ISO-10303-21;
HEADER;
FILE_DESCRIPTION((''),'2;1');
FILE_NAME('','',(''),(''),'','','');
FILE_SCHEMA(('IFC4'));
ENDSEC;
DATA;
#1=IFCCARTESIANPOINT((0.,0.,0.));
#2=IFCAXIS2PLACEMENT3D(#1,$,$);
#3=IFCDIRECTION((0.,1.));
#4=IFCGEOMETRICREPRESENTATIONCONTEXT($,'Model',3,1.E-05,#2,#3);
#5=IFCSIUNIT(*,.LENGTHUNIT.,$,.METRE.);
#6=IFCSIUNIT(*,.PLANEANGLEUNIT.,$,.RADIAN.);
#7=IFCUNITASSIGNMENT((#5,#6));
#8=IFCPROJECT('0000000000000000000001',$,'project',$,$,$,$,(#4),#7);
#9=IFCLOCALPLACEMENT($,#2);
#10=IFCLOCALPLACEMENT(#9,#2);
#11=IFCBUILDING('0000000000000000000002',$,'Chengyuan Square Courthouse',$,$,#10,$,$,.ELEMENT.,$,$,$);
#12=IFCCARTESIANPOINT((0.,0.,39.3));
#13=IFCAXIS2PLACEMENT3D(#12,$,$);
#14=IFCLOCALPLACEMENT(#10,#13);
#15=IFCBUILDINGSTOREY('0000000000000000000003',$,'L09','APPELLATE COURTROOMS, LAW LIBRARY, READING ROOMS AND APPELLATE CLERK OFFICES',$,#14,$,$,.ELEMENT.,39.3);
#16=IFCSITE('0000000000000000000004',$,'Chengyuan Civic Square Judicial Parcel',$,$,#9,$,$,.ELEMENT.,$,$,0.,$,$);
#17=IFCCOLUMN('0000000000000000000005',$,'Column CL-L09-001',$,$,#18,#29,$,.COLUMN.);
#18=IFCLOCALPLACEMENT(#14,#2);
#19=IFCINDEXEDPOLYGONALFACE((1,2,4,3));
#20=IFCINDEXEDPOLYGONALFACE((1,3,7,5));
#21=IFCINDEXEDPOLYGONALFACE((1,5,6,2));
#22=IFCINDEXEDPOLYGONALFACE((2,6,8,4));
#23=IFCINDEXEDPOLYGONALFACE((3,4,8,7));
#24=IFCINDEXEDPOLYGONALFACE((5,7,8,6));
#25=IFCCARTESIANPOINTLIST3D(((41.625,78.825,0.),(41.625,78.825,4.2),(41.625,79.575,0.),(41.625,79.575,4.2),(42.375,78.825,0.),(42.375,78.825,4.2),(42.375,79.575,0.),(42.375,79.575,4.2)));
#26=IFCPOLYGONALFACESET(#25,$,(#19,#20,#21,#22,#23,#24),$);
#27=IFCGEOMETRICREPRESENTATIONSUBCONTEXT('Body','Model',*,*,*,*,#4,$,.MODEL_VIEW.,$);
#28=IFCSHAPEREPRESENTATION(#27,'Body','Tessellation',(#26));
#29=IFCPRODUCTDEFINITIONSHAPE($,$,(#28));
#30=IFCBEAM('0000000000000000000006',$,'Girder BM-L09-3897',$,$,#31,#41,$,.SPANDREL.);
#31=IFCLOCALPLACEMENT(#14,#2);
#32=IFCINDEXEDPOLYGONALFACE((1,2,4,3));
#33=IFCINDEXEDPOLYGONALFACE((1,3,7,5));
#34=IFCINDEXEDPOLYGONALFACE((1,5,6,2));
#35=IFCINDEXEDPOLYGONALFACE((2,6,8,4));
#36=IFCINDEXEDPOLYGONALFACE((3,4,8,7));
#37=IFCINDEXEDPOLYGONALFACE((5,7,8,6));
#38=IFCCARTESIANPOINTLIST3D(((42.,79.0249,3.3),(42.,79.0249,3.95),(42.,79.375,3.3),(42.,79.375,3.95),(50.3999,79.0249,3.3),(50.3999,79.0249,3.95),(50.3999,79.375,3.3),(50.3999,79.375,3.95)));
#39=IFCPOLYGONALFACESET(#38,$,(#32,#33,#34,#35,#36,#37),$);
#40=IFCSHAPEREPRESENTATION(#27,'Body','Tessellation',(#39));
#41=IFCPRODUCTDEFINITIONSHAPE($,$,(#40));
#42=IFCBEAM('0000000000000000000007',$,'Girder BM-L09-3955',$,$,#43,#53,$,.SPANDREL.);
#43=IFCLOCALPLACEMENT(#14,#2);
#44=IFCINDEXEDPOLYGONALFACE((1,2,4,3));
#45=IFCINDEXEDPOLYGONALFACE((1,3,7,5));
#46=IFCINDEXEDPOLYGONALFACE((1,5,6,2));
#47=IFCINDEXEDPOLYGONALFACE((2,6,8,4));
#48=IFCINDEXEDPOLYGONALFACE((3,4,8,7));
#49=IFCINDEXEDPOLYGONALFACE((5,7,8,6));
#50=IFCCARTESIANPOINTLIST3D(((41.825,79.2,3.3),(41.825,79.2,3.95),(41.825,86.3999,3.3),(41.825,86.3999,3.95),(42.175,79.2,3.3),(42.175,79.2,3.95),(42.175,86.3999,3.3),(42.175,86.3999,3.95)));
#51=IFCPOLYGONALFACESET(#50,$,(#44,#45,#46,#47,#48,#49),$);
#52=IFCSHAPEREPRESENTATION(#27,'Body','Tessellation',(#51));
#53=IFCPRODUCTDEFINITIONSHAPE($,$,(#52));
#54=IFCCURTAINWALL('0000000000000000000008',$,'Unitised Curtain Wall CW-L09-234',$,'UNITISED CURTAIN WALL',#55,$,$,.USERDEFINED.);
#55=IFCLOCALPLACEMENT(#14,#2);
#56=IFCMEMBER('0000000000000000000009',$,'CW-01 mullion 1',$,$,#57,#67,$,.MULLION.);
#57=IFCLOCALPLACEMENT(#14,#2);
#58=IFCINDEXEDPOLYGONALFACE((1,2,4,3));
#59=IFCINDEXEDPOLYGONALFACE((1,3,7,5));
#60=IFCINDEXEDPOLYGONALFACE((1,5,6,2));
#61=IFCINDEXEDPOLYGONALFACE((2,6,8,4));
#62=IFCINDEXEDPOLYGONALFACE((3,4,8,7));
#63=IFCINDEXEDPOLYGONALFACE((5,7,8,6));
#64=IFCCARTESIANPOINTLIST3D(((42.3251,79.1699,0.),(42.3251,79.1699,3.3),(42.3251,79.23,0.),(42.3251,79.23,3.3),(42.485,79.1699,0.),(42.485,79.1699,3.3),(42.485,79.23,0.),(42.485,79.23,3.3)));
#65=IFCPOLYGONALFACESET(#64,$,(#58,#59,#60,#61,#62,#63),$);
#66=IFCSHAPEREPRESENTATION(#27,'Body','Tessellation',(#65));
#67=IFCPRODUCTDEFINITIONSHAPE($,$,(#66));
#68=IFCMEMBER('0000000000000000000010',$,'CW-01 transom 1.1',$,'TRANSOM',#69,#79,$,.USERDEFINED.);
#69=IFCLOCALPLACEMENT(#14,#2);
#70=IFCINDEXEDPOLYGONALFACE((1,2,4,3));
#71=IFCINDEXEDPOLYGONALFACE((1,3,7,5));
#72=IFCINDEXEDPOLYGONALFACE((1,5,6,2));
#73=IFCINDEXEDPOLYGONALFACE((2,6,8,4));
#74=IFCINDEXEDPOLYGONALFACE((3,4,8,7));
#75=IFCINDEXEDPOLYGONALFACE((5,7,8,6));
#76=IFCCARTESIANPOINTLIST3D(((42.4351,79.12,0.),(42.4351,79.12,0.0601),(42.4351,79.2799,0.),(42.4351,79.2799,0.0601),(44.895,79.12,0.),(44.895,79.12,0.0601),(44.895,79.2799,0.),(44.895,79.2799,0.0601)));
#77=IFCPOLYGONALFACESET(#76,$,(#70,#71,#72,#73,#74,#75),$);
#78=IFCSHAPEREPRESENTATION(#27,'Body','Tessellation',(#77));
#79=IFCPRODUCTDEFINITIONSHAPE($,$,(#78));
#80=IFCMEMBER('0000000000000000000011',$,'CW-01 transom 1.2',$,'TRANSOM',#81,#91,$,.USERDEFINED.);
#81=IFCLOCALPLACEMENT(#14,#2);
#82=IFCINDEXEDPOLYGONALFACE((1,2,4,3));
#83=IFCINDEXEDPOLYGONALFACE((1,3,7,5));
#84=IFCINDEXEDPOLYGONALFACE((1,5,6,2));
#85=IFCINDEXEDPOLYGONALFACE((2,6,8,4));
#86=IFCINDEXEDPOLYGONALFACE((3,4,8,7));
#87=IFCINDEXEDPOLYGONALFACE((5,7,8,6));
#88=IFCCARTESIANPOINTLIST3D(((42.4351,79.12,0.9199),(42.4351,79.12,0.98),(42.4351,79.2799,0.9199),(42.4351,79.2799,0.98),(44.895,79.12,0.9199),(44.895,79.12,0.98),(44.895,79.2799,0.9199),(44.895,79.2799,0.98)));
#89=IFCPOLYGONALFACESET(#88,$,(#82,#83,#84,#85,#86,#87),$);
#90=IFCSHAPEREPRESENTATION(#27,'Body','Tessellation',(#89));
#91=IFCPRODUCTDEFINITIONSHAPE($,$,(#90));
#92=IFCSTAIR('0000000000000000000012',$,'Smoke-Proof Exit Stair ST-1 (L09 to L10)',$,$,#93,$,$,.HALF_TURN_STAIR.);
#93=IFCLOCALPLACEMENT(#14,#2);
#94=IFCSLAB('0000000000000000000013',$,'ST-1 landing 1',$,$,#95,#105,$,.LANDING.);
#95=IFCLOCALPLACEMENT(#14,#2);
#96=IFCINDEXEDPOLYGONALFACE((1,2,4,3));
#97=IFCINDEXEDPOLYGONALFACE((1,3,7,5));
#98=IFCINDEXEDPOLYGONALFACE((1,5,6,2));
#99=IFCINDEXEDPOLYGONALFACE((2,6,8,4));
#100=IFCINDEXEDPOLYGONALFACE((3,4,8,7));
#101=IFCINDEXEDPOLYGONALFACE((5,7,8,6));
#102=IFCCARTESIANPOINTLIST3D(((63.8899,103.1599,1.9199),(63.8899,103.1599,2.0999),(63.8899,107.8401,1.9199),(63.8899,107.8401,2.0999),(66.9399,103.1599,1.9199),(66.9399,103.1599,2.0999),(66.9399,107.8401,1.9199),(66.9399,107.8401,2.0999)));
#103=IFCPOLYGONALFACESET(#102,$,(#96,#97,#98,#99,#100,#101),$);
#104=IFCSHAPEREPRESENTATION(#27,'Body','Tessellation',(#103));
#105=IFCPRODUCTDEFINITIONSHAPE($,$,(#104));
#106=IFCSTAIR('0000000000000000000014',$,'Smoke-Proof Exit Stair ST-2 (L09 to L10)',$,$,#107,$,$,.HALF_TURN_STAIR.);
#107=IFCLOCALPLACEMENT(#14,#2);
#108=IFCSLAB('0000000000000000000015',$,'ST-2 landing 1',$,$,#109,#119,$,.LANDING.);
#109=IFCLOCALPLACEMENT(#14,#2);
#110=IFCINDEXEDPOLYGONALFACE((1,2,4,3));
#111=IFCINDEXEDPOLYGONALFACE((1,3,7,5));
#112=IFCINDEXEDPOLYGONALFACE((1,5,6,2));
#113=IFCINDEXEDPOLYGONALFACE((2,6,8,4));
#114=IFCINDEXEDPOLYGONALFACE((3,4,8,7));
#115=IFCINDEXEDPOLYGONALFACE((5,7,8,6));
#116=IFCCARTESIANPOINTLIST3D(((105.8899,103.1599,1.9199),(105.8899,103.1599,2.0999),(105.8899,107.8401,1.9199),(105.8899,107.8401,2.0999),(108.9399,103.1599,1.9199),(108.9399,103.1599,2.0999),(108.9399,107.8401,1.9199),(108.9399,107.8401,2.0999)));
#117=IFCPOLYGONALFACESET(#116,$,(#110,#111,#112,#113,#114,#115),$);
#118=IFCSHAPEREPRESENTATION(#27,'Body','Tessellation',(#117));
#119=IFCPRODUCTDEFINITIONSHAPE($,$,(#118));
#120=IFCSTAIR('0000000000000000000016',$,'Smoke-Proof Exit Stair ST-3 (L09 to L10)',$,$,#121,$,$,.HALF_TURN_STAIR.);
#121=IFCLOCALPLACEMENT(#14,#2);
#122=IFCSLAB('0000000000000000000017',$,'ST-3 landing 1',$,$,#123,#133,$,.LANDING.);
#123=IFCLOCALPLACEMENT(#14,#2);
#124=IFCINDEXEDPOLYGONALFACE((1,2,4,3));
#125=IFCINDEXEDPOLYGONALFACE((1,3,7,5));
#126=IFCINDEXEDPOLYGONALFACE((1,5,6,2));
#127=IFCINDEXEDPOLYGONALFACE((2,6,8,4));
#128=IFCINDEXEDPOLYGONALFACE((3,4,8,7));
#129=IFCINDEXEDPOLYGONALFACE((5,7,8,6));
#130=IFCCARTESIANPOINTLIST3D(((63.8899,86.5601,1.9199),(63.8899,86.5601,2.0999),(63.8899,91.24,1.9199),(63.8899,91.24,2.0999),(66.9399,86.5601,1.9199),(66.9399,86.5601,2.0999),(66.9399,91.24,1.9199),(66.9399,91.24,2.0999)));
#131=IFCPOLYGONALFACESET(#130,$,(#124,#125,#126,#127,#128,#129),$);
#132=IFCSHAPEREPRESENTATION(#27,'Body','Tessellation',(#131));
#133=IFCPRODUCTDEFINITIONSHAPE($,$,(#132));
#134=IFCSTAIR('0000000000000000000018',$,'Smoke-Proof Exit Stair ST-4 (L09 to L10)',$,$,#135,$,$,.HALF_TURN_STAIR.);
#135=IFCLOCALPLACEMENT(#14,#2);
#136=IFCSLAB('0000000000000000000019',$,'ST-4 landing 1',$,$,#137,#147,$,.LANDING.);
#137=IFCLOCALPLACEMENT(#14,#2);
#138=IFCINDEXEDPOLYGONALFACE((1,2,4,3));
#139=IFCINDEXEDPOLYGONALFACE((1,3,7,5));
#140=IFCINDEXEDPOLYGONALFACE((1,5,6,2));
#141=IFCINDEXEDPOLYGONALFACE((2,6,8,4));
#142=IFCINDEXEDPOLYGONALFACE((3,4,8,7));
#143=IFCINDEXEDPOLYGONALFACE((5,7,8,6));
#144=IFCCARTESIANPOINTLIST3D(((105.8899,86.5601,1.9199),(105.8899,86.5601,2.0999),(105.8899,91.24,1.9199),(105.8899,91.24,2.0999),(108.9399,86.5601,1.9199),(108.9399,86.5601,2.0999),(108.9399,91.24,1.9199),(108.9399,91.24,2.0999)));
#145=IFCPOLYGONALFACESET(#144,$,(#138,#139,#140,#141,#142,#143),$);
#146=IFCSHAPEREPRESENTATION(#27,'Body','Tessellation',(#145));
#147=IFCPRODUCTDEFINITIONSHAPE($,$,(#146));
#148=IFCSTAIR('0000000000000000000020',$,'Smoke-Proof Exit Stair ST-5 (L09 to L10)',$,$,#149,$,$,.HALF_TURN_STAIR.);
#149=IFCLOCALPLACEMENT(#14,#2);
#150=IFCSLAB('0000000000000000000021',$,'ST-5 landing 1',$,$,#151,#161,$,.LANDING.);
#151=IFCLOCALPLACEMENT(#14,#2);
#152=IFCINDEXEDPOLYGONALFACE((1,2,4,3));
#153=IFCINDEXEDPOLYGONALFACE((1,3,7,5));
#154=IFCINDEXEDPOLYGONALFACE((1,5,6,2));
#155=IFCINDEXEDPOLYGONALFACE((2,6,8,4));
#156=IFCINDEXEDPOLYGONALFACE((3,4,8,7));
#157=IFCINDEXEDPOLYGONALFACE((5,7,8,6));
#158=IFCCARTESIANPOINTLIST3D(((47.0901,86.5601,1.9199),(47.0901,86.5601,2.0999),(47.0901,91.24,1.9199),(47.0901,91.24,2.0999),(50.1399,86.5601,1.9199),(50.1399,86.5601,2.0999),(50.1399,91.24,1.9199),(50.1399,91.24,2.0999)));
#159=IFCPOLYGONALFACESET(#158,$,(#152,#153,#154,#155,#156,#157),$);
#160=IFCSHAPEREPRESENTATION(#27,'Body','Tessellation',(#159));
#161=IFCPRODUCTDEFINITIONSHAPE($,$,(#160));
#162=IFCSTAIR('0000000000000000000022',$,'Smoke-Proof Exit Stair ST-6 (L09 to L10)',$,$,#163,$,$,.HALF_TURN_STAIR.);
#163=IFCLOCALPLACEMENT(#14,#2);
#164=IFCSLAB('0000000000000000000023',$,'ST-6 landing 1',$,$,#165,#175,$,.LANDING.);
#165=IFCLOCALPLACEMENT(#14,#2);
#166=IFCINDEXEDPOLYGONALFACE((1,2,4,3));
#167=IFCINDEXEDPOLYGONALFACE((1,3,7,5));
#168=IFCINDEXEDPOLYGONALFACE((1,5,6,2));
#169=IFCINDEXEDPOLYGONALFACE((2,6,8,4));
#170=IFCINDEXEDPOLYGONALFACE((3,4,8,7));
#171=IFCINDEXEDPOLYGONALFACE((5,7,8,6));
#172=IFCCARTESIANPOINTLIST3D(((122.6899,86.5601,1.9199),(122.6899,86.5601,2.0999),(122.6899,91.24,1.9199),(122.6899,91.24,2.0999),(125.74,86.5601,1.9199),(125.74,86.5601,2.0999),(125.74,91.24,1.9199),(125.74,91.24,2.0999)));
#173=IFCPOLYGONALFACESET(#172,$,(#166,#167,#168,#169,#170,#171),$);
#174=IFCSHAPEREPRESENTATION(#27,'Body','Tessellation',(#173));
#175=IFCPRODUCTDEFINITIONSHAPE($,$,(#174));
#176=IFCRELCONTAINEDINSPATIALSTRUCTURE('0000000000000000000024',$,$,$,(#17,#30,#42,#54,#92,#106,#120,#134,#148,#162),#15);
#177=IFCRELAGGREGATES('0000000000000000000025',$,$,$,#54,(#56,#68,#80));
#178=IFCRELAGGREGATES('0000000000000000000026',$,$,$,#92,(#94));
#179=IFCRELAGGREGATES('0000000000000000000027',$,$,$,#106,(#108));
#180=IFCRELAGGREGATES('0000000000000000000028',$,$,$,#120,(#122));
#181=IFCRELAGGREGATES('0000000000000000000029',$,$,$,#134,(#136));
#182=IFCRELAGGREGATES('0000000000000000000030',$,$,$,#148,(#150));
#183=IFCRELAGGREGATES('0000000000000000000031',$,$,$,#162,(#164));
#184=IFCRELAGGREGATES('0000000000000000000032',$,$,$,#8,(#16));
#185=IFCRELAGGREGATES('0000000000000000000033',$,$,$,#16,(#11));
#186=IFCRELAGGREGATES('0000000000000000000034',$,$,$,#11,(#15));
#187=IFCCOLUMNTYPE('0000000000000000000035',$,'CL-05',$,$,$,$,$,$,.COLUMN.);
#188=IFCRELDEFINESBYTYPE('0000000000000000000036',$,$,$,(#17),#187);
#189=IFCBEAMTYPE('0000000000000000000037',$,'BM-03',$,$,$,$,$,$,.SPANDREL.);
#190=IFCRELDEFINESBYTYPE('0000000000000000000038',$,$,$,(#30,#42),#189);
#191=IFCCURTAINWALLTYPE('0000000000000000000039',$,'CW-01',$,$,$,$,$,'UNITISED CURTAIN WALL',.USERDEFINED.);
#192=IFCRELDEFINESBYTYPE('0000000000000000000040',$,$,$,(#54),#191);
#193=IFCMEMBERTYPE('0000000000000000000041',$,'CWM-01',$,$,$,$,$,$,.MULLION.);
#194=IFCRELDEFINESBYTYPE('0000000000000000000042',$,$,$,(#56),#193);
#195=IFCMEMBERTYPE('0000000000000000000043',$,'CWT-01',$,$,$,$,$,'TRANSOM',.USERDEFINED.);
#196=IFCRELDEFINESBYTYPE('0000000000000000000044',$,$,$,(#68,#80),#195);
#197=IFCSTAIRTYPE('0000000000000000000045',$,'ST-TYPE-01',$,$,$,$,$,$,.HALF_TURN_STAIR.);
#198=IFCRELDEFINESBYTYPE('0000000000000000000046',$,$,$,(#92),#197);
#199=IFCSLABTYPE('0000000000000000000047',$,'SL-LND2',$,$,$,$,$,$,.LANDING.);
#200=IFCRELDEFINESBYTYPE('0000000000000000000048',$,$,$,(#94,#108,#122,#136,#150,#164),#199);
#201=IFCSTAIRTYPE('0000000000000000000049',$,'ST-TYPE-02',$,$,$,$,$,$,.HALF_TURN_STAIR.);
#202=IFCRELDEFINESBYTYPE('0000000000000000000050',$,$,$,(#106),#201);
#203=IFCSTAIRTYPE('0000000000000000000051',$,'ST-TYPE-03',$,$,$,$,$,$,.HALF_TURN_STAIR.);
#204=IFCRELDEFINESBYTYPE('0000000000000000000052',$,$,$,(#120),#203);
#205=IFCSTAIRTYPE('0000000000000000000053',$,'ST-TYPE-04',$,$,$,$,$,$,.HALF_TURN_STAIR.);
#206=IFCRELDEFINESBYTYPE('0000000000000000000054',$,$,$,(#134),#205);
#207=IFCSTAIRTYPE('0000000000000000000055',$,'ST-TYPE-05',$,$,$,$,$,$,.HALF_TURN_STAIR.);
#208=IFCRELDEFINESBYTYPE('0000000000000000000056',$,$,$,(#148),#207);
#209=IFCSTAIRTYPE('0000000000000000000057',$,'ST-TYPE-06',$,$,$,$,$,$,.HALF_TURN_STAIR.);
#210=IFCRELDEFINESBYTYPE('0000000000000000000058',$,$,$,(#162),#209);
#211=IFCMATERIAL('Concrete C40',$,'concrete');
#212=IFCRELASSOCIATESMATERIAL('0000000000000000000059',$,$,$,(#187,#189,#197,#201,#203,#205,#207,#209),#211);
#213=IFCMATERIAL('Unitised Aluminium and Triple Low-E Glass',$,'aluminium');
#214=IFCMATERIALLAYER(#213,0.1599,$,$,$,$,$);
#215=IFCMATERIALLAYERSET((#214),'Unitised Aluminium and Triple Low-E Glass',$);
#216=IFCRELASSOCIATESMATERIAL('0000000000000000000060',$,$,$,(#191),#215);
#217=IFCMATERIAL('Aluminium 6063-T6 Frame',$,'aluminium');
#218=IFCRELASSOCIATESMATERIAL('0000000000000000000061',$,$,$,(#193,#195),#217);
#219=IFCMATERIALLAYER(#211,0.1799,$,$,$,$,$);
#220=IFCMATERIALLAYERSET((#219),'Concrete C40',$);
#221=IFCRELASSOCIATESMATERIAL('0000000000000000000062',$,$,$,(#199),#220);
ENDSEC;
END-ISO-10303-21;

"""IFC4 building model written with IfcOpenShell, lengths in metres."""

from ifc_helpers import new_model, si_unit, direction, frame, origin, origin_2d, place, context, subcontext, project, spatial, polyline, rectangle, outline, extrude, material, layer, layer_set, material_profile, profile_set, type_object, element, aggregate, save


model = new_model("IFC4")

# Units and contexts
model_context = context("Model", 3, precision=1e-05, world=origin(), true_north=direction((0.0, 1.0)))
body_context = subcontext(model_context, "Body", "Model", "MODEL_VIEW")
ifc_project = project(units=[si_unit("LENGTHUNIT", "METRE"), si_unit("PLANEANGLEUNIT", "RADIAN")], contexts=[model_context])

# Site, building, storey
site_placement = place(None, origin())
site = spatial("IfcSite", under=ifc_project, at=site_placement, Name="Chengyuan Civic Square Judicial Parcel", CompositionType="ELEMENT", RefElevation=0.0)
building_placement = place(site_placement, origin())
building = spatial("IfcBuilding", under=site, at=building_placement, Name="Chengyuan Square Courthouse", CompositionType="ELEMENT")
storey_placement = place(building_placement, frame((0.0, 0.0, 39.3)))
storey = spatial("IfcBuildingStorey", under=building, at=storey_placement, Name="L09", Description="APPELLATE COURTROOMS, LAW LIBRARY, READING ROOMS AND APPELLATE CLERK OFFICES", CompositionType="ELEMENT", Elevation=39.3)

# Column
ifc_material_1 = material(Name="Concrete C40", Category="concrete")
ifc_material_profile_1 = material_profile(ifc_material_1, rectangle(XDim=0.75, YDim=0.75, at=origin_2d()), Name="RC-COL-750x750")
ifc_profile_set_1 = profile_set([ifc_material_profile_1], Name="Concrete C40")
column_type = type_object("IfcColumnType", Name="CL-05", PredefinedType="COLUMN", material=ifc_profile_set_1)
column_placement = place(storey_placement, frame((42.0, 79.2, 0.0), z_axis=(0.0, 0.0, 1.0), x_axis=(1.0, 0.0, 0.0)))
element("IfcColumn", 1, at=column_placement, inside=storey, type_object=column_type, Name="Column CL-L09-001", PredefinedType="COLUMN", context=body_context, shape_type="SweptSolid", body=[
    extrude(rectangle(XDim=0.75, YDim=0.75, at=origin_2d()), origin(), (0.0, 0.0, 1.0), 4.2),
])

# Beams
ifc_material_profile_2 = material_profile(ifc_material_1, rectangle(XDim=0.3501, YDim=0.6499, at=origin_2d()), Name="RC-BM-350x650")
ifc_profile_set_2 = profile_set([ifc_material_profile_2], Name="Concrete C40")
beam_type = type_object("IfcBeamType", Name="BM-03", PredefinedType="SPANDREL", material=ifc_profile_set_2)
beam_1_placement = place(storey_placement, frame((42.0, 79.2, 3.625), z_axis=(1.0, 0.0, 0.0), x_axis=(0.0, 1.0, 0.0)))
element("IfcBeam", 2, at=beam_1_placement, inside=storey, type_object=beam_type, Name="Girder BM-L09-3897", PredefinedType="SPANDREL", context=body_context, shape_type="SweptSolid", body=[
    extrude(rectangle(XDim=0.3501, YDim=0.6499, at=origin_2d()), origin(), (0.0, 0.0, 1.0), 8.3999),
])
beam_2_placement = place(storey_placement, frame((42.0, 79.2, 3.625), z_axis=(0.0, 1.0, 0.0), x_axis=(-1.0, 0.0, 0.0)))
element("IfcBeam", 3, at=beam_2_placement, inside=storey, type_object=beam_type, Name="Girder BM-L09-3955", PredefinedType="SPANDREL", context=body_context, shape_type="SweptSolid", body=[
    extrude(rectangle(XDim=0.3501, YDim=0.6499, at=origin_2d()), origin(), (0.0, 0.0, 1.0), 7.2),
])

# Curtain wall, members
ifc_material_2 = material(Name="Unitised Aluminium and Triple Low-E Glass", Category="aluminium")
ifc_layer_1 = layer(ifc_material_2, 0.1599)
ifc_layer_set_1 = layer_set([ifc_layer_1], Name="Unitised Aluminium and Triple Low-E Glass")
curtain_wall_type = type_object("IfcCurtainWallType", Name="CW-01", ElementType="UNITISED CURTAIN WALL", PredefinedType="USERDEFINED", material=ifc_layer_set_1)
curtain_wall_placement = place(storey_placement, origin())
curtain_wall = element("IfcCurtainWall", 4, at=curtain_wall_placement, inside=storey, type_object=curtain_wall_type, Name="Unitised Curtain Wall CW-L09-234", ObjectType="UNITISED CURTAIN WALL", PredefinedType="USERDEFINED")
ifc_material_3 = material(Name="Aluminium 6063-T6 Frame", Category="aluminium")
ifc_material_profile_3 = material_profile(ifc_material_3, rectangle(XDim=0.0601, YDim=0.1599, at=origin_2d()), Name="CW-MUL-60x160")
ifc_profile_set_3 = profile_set([ifc_material_profile_3], Name="Aluminium 6063-T6 Frame")
member_type_1 = type_object("IfcMemberType", Name="CWM-01", PredefinedType="MULLION", material=ifc_profile_set_3)
member_1_placement = place(storey_placement, frame((42.405, 79.2, 0.0), z_axis=(0.0, 0.0, 1.0), x_axis=(0.0, 1.0, 0.0)))
member_1 = element("IfcMember", 5, at=member_1_placement, type_object=member_type_1, Name="CW-01 mullion 1", PredefinedType="MULLION", context=body_context, shape_type="SweptSolid", body=[
    extrude(rectangle(XDim=0.0601, YDim=0.1599, at=origin_2d()), origin(), (0.0, 0.0, 1.0), 3.3),
])
ifc_material_profile_4 = material_profile(ifc_material_3, rectangle(XDim=0.1599, YDim=0.0601, at=origin_2d()), Name="CW-TRN-60x120")
ifc_profile_set_4 = profile_set([ifc_material_profile_4], Name="Aluminium 6063-T6 Frame")
member_type_2 = type_object("IfcMemberType", Name="CWT-01", ElementType="TRANSOM", PredefinedType="USERDEFINED", material=ifc_profile_set_4)
member_2_placement = place(storey_placement, frame((42.4351, 79.2, 0.03), z_axis=(1.0, 0.0, 0.0), x_axis=(0.0, 1.0, 0.0)))
member_2 = element("IfcMember", 6, at=member_2_placement, type_object=member_type_2, Name="CW-01 transom 1.1", ObjectType="TRANSOM", PredefinedType="USERDEFINED", context=body_context, shape_type="SweptSolid", body=[
    extrude(rectangle(XDim=0.1599, YDim=0.0601, at=origin_2d()), origin(), (0.0, 0.0, 1.0), 2.46),
])
member_3_placement = place(storey_placement, frame((42.4351, 79.2, 0.95), z_axis=(1.0, 0.0, 0.0), x_axis=(0.0, 1.0, 0.0)))
member_3 = element("IfcMember", 7, at=member_3_placement, type_object=member_type_2, Name="CW-01 transom 1.2", ObjectType="TRANSOM", PredefinedType="USERDEFINED", context=body_context, shape_type="SweptSolid", body=[
    extrude(rectangle(XDim=0.1599, YDim=0.0601, at=origin_2d()), origin(), (0.0, 0.0, 1.0), 2.46),
])
aggregate(curtain_wall, [member_1, member_2, member_3])

# Stairs, slabs
stair_type_1 = type_object("IfcStairType", Name="ST-TYPE-01", PredefinedType="HALF_TURN_STAIR", material=ifc_material_1)
stair_1_placement = place(storey_placement, origin())
stair_1 = element("IfcStair", 8, at=stair_1_placement, inside=storey, type_object=stair_type_1, Name="Smoke-Proof Exit Stair ST-1 (L09 to L10)", PredefinedType="HALF_TURN_STAIR")
ifc_layer_2 = layer(ifc_material_1, 0.1799)
ifc_layer_set_2 = layer_set([ifc_layer_2], Name="Concrete C40")
slab_type_1 = type_object("IfcSlabType", Name="SL-LND2", PredefinedType="LANDING", material=ifc_layer_set_2)
slab_1_placement = place(storey_placement, frame((0.0, 0.0, 1.9199)))
slab_1 = element("IfcSlab", 9, at=slab_1_placement, type_object=slab_type_1, Name="ST-1 landing 1", PredefinedType="LANDING", context=body_context, shape_type="SweptSolid", body=[
    extrude(outline(polyline([(63.8899, 103.1599), (66.9399, 103.1599), (66.9399, 107.8401), (63.8899, 107.8401), (63.8899, 103.1599)])), origin(), (0.0, 0.0, 1.0), 0.1799),
])
aggregate(stair_1, [slab_1])
stair_type_2 = type_object("IfcStairType", Name="ST-TYPE-02", PredefinedType="HALF_TURN_STAIR", material=ifc_material_1)
stair_2_placement = place(storey_placement, origin())
stair_2 = element("IfcStair", 10, at=stair_2_placement, inside=storey, type_object=stair_type_2, Name="Smoke-Proof Exit Stair ST-2 (L09 to L10)", PredefinedType="HALF_TURN_STAIR")
slab_2_placement = place(storey_placement, frame((0.0, 0.0, 1.9199)))
slab_2 = element("IfcSlab", 11, at=slab_2_placement, type_object=slab_type_1, Name="ST-2 landing 1", PredefinedType="LANDING", context=body_context, shape_type="SweptSolid", body=[
    extrude(outline(polyline([(105.8899, 103.1599), (108.9399, 103.1599), (108.9399, 107.8401), (105.8899, 107.8401), (105.8899, 103.1599)])), origin(), (0.0, 0.0, 1.0), 0.1799),
])
aggregate(stair_2, [slab_2])
stair_type_3 = type_object("IfcStairType", Name="ST-TYPE-03", PredefinedType="HALF_TURN_STAIR", material=ifc_material_1)
stair_3_placement = place(storey_placement, origin())
stair_3 = element("IfcStair", 12, at=stair_3_placement, inside=storey, type_object=stair_type_3, Name="Smoke-Proof Exit Stair ST-3 (L09 to L10)", PredefinedType="HALF_TURN_STAIR")
slab_3_placement = place(storey_placement, frame((0.0, 0.0, 1.9199)))
slab_3 = element("IfcSlab", 13, at=slab_3_placement, type_object=slab_type_1, Name="ST-3 landing 1", PredefinedType="LANDING", context=body_context, shape_type="SweptSolid", body=[
    extrude(outline(polyline([(63.8899, 86.5601), (66.9399, 86.5601), (66.9399, 91.24), (63.8899, 91.24), (63.8899, 86.5601)])), origin(), (0.0, 0.0, 1.0), 0.1799),
])
aggregate(stair_3, [slab_3])
stair_type_4 = type_object("IfcStairType", Name="ST-TYPE-04", PredefinedType="HALF_TURN_STAIR", material=ifc_material_1)
stair_4_placement = place(storey_placement, origin())
stair_4 = element("IfcStair", 14, at=stair_4_placement, inside=storey, type_object=stair_type_4, Name="Smoke-Proof Exit Stair ST-4 (L09 to L10)", PredefinedType="HALF_TURN_STAIR")
slab_4_placement = place(storey_placement, frame((0.0, 0.0, 1.9199)))
slab_4 = element("IfcSlab", 15, at=slab_4_placement, type_object=slab_type_1, Name="ST-4 landing 1", PredefinedType="LANDING", context=body_context, shape_type="SweptSolid", body=[
    extrude(outline(polyline([(105.8899, 86.5601), (108.9399, 86.5601), (108.9399, 91.24), (105.8899, 91.24), (105.8899, 86.5601)])), origin(), (0.0, 0.0, 1.0), 0.1799),
])
aggregate(stair_4, [slab_4])
stair_type_5 = type_object("IfcStairType", Name="ST-TYPE-05", PredefinedType="HALF_TURN_STAIR", material=ifc_material_1)
stair_5_placement = place(storey_placement, origin())
stair_5 = element("IfcStair", 16, at=stair_5_placement, inside=storey, type_object=stair_type_5, Name="Smoke-Proof Exit Stair ST-5 (L09 to L10)", PredefinedType="HALF_TURN_STAIR")
slab_5_placement = place(storey_placement, frame((0.0, 0.0, 1.9199)))
slab_5 = element("IfcSlab", 17, at=slab_5_placement, type_object=slab_type_1, Name="ST-5 landing 1", PredefinedType="LANDING", context=body_context, shape_type="SweptSolid", body=[
    extrude(outline(polyline([(47.0901, 86.5601), (50.1399, 86.5601), (50.1399, 91.24), (47.0901, 91.24), (47.0901, 86.5601)])), origin(), (0.0, 0.0, 1.0), 0.1799),
])
aggregate(stair_5, [slab_5])
stair_type_6 = type_object("IfcStairType", Name="ST-TYPE-06", PredefinedType="HALF_TURN_STAIR", material=ifc_material_1)
stair_6_placement = place(storey_placement, origin())
stair_6 = element("IfcStair", 18, at=stair_6_placement, inside=storey, type_object=stair_type_6, Name="Smoke-Proof Exit Stair ST-6 (L09 to L10)", PredefinedType="HALF_TURN_STAIR")
slab_6_placement = place(storey_placement, frame((0.0, 0.0, 1.9199)))
slab_6 = element("IfcSlab", 19, at=slab_6_placement, type_object=slab_type_1, Name="ST-6 landing 1", PredefinedType="LANDING", context=body_context, shape_type="SweptSolid", body=[
    extrude(outline(polyline([(122.6899, 86.5601), (125.74, 86.5601), (125.74, 91.24), (122.6899, 91.24), (122.6899, 86.5601)])), origin(), (0.0, 0.0, 1.0), 0.1799),
])
aggregate(stair_6, [slab_6])

save(model, "model.ifc")
